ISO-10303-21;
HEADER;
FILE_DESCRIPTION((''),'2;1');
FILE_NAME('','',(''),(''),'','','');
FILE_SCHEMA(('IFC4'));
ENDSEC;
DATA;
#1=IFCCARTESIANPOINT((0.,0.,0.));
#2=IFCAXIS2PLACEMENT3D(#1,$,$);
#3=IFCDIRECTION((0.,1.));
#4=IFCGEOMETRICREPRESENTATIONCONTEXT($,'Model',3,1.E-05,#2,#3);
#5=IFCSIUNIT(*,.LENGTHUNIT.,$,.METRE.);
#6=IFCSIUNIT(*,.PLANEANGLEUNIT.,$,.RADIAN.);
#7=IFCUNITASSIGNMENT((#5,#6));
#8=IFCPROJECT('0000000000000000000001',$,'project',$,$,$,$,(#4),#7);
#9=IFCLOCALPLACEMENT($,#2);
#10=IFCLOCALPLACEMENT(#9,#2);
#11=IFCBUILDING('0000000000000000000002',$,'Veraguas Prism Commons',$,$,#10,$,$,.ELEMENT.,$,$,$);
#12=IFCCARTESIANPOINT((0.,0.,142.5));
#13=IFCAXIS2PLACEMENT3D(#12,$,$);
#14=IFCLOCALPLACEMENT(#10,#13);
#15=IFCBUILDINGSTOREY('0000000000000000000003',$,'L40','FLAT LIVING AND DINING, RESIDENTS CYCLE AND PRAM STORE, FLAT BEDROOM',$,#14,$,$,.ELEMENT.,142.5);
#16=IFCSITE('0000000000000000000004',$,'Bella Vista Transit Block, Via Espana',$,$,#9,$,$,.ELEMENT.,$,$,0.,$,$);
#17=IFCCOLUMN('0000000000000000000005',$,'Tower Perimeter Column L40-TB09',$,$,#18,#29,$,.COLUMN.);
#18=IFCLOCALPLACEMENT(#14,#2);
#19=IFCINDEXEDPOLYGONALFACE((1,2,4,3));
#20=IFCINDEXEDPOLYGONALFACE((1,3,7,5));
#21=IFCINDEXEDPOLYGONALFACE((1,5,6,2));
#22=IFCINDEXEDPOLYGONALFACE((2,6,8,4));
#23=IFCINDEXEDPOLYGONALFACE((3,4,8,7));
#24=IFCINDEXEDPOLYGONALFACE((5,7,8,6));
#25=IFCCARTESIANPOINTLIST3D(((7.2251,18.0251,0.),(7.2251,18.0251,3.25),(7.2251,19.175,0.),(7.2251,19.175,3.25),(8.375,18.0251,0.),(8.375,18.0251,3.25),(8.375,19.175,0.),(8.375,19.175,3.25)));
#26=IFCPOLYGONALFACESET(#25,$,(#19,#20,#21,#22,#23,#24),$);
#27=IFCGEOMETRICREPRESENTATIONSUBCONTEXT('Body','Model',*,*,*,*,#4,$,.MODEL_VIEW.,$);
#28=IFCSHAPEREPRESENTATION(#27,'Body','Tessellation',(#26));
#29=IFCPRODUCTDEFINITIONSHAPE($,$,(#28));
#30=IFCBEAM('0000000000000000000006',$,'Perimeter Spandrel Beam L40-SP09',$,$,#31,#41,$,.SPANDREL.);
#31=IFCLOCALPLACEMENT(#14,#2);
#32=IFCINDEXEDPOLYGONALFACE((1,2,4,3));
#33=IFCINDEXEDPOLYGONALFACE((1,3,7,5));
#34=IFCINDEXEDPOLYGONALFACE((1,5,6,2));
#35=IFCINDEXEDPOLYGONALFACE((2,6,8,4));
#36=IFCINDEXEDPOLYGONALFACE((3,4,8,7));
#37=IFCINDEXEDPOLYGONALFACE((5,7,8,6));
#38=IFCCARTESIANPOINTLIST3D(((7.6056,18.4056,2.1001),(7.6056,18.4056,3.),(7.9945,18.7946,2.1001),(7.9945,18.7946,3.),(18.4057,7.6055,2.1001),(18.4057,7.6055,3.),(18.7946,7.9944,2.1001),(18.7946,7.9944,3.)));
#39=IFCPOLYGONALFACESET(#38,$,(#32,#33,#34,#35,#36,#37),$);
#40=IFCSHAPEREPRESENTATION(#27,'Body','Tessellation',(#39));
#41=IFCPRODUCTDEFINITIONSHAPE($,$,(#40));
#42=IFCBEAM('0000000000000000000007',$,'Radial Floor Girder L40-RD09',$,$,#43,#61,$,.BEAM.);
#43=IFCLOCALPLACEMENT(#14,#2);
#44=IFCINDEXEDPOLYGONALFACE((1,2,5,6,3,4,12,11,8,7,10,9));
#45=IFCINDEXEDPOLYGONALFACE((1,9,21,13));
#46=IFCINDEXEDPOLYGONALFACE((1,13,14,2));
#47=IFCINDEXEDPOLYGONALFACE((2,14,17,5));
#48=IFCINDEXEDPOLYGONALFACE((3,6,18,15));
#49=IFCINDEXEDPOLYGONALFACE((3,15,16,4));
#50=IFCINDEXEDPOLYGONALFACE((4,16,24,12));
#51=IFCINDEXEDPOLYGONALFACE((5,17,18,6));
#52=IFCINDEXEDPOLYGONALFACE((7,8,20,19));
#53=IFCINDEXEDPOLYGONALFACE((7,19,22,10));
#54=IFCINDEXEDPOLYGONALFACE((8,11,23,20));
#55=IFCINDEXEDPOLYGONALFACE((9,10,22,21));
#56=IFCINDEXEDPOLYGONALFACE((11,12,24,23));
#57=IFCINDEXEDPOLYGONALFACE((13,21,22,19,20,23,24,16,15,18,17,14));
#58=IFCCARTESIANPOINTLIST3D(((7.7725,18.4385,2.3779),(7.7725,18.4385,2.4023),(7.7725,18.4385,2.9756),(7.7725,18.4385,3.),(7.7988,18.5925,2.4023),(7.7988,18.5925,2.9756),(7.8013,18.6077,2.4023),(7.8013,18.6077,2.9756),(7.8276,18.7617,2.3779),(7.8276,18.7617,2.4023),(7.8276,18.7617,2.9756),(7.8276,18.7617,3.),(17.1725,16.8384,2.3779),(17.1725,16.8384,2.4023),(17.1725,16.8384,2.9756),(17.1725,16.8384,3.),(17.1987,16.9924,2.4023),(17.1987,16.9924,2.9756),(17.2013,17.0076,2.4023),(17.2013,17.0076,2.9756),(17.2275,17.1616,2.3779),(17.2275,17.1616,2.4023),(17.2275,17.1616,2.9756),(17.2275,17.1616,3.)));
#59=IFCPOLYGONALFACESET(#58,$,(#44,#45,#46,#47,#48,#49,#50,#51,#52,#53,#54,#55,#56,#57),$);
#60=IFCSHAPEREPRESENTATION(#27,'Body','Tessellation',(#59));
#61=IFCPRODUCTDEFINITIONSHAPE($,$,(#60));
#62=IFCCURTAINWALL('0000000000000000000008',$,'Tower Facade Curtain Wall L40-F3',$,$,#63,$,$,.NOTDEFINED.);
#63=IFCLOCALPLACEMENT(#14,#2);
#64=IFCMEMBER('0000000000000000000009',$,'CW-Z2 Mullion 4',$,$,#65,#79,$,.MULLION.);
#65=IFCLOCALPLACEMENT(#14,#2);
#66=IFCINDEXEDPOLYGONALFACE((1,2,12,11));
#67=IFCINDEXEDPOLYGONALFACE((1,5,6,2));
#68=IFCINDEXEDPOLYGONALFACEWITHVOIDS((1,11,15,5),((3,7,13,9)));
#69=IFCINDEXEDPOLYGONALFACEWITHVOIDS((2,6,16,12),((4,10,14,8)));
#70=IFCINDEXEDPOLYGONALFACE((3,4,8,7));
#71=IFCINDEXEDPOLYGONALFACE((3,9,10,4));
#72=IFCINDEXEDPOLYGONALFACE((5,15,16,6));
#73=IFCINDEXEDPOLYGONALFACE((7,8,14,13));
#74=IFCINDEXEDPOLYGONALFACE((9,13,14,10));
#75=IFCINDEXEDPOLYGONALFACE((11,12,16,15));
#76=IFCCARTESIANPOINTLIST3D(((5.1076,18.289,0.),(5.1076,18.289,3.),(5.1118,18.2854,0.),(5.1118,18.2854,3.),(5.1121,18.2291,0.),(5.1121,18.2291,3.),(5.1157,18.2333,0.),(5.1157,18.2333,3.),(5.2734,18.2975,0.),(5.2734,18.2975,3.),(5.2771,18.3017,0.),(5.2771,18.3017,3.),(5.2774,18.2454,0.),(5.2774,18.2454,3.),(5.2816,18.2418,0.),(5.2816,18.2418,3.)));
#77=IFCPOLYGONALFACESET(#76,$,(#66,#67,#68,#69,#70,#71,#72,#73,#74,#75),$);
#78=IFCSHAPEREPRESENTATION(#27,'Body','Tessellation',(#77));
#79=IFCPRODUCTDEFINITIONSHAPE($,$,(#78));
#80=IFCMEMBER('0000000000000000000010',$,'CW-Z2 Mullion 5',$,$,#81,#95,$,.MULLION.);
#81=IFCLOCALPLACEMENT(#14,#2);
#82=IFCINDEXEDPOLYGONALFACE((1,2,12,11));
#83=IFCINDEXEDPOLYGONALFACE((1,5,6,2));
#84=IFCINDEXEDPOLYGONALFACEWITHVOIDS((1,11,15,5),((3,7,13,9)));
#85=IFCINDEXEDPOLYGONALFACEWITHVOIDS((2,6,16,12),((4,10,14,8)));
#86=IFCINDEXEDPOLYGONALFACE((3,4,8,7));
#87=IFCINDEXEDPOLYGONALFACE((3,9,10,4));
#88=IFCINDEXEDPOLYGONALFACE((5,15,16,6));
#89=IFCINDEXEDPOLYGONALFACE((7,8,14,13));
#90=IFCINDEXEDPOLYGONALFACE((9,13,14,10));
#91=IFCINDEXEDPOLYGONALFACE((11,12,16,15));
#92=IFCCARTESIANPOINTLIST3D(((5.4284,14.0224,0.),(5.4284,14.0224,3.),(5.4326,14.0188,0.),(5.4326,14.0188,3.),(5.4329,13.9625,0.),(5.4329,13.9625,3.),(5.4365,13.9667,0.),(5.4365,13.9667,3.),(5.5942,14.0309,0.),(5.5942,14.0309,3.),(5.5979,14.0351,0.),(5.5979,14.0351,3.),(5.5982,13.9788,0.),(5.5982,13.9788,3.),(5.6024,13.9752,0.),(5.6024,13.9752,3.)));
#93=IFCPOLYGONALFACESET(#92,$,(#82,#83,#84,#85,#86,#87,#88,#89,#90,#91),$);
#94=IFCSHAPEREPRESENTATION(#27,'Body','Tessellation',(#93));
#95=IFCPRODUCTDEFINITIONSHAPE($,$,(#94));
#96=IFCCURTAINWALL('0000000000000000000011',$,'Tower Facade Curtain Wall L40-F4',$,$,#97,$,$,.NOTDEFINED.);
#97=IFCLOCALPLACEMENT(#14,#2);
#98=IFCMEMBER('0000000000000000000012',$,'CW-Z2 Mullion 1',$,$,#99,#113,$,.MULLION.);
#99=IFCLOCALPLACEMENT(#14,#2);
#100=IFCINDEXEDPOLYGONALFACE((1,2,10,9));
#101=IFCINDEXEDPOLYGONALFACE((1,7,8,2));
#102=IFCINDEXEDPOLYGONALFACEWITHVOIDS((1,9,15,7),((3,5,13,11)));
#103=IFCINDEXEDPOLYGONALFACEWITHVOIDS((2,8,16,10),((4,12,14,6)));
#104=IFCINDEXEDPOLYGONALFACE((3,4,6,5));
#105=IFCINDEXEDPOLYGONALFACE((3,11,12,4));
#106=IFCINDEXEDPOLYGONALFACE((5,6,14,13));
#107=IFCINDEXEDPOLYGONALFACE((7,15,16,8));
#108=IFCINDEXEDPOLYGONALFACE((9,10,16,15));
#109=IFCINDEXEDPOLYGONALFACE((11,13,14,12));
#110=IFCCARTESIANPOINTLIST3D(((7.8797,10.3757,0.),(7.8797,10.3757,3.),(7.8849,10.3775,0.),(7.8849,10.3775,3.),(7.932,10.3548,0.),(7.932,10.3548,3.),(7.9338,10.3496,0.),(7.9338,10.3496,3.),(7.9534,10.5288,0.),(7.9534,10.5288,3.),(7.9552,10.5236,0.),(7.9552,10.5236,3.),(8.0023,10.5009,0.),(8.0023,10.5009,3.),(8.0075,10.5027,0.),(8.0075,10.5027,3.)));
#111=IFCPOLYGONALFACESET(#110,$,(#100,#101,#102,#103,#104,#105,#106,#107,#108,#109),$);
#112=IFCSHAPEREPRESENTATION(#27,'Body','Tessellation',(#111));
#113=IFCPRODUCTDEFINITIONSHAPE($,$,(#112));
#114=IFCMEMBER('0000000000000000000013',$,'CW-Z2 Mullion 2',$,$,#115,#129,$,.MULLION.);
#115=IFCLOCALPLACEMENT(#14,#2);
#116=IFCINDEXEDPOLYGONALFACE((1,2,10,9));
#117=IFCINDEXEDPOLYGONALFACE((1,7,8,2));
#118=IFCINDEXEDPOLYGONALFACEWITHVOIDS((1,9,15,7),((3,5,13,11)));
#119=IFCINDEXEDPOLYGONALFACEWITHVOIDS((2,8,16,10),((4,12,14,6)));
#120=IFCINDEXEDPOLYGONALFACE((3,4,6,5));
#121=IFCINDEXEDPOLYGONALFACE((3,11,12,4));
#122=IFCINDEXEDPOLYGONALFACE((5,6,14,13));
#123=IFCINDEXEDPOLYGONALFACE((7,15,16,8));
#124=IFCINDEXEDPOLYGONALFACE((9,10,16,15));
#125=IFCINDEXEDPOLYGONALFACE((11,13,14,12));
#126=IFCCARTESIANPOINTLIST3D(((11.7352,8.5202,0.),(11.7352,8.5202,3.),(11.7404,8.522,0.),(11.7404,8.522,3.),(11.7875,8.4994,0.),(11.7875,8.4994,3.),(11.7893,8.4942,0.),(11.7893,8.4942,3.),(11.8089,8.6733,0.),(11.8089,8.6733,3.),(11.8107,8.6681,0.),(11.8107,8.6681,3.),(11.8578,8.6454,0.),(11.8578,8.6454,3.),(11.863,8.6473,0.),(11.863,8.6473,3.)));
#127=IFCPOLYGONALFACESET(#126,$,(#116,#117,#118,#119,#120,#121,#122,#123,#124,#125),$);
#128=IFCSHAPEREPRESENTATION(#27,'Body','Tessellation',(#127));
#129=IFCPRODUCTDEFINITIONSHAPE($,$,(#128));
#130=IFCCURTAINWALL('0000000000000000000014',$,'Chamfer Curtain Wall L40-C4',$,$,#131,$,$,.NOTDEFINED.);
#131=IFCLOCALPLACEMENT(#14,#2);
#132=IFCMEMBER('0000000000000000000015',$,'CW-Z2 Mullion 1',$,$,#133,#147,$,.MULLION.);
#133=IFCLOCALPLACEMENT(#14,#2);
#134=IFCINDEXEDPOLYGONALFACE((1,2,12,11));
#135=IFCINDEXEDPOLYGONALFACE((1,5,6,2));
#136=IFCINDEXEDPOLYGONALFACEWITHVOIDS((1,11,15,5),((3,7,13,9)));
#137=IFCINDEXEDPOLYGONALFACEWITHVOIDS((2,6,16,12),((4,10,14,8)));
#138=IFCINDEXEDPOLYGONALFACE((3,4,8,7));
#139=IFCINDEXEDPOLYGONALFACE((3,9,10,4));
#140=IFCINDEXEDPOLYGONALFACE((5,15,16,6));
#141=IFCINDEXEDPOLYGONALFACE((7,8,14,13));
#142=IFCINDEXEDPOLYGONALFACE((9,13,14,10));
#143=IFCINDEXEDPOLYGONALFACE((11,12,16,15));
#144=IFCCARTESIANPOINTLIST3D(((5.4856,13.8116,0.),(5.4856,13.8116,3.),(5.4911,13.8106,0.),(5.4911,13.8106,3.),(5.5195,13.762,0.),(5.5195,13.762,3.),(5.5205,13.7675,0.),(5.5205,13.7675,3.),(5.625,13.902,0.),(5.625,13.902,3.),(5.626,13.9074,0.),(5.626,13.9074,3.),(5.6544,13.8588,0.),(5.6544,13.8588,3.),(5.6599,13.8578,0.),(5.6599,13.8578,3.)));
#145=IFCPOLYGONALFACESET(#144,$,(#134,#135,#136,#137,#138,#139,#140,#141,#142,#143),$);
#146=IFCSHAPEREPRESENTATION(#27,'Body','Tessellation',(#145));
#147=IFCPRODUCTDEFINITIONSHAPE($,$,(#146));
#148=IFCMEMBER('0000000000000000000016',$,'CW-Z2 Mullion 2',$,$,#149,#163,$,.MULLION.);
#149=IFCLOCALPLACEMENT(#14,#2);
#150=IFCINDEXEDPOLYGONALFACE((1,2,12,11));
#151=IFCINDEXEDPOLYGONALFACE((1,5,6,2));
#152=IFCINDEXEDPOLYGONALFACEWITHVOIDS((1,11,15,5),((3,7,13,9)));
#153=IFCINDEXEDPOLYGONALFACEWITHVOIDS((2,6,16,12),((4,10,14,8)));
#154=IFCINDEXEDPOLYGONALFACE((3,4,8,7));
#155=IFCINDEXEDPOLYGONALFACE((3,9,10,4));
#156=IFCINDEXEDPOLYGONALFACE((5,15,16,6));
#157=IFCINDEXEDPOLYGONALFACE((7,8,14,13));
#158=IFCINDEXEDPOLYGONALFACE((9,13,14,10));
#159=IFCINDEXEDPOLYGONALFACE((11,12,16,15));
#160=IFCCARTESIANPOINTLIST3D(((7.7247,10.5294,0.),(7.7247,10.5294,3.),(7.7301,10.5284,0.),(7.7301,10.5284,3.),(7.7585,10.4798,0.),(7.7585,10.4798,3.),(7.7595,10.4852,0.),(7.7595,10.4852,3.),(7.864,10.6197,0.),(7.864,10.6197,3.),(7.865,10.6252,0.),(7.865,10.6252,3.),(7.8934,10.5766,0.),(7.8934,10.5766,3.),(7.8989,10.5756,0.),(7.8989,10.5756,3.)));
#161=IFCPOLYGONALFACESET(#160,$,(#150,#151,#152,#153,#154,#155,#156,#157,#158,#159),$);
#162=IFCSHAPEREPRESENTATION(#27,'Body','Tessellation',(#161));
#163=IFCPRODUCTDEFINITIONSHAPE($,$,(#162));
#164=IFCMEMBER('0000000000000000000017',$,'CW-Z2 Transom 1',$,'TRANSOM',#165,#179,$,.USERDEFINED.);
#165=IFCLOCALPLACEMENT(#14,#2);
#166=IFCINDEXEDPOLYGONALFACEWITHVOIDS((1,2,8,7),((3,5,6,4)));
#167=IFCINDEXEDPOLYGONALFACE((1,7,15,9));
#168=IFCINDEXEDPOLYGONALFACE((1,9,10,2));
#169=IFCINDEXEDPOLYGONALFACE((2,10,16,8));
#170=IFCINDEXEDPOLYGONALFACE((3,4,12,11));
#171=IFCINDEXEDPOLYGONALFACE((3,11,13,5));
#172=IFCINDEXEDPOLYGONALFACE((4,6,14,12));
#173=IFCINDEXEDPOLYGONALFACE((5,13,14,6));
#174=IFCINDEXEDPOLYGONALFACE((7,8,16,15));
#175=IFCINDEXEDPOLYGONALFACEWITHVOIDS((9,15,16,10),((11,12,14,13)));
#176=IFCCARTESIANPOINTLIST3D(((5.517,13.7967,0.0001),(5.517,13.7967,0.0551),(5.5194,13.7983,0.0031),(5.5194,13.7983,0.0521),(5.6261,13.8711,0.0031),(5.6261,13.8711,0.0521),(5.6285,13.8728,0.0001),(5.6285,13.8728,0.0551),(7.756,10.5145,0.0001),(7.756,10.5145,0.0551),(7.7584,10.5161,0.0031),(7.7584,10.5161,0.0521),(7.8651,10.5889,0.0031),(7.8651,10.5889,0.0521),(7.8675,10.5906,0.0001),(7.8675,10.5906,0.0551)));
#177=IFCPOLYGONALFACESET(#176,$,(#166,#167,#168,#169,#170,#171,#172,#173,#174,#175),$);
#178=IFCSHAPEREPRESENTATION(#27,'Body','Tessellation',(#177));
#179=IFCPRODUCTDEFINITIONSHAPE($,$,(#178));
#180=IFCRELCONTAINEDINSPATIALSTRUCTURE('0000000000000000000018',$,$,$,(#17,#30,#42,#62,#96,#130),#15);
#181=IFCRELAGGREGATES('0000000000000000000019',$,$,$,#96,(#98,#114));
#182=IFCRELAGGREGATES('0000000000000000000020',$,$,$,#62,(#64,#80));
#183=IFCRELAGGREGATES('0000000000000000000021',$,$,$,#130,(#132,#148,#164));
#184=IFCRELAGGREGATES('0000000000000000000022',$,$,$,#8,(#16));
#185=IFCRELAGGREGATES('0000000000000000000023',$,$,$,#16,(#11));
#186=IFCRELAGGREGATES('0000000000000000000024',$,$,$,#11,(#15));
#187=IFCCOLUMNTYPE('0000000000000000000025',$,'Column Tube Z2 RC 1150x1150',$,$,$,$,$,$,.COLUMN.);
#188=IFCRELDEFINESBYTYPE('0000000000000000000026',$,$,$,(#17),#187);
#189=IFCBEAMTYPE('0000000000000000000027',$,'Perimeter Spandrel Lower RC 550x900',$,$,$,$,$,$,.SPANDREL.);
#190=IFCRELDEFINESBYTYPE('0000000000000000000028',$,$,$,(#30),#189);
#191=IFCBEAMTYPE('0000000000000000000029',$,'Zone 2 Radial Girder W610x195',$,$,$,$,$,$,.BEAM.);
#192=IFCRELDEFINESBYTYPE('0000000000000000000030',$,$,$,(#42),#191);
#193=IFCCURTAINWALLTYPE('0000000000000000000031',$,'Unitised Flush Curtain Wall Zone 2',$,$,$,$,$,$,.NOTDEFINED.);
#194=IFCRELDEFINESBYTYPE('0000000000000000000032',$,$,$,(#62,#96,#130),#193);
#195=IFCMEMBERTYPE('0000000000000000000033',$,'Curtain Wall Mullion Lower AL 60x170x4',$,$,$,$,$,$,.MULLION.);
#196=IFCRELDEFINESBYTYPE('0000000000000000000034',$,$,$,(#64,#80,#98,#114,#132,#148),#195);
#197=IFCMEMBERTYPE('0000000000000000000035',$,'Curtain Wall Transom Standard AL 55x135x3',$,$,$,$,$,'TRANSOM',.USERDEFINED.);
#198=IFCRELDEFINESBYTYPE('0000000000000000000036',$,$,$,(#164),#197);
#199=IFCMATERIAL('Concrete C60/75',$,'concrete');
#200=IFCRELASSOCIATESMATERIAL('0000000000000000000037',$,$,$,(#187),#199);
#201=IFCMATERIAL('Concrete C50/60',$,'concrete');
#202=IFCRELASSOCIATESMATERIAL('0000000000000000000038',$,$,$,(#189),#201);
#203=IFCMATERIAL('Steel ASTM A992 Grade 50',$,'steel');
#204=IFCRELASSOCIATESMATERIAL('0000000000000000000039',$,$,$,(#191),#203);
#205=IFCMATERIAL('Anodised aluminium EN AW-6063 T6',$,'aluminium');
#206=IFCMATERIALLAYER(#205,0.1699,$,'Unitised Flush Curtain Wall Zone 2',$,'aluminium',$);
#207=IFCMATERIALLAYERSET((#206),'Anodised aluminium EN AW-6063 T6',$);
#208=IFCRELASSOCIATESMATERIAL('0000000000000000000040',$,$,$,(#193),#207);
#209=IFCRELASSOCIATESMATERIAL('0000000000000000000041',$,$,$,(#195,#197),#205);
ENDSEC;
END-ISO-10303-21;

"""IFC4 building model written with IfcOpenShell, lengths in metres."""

from ifc_helpers import new_model, si_unit, direction, frame, origin, origin_2d, place, context, subcontext, project, spatial, rectangle, hollow_rectangle, i_section, extrude, source, transform, mapped, material, layer, layer_set, material_profile, profile_set, type_object, element, aggregate, save


model = new_model("IFC4")

# Units and contexts
model_context = context("Model", 3, precision=1e-05, world=origin(), true_north=direction((0.0, 1.0)))
body_context = subcontext(model_context, "Body", "Model", "MODEL_VIEW")
ifc_project = project(units=[si_unit("LENGTHUNIT", "METRE"), si_unit("PLANEANGLEUNIT", "RADIAN")], contexts=[model_context])

# Site, building, storey
site_placement = place(None, origin())
site = spatial("IfcSite", under=ifc_project, at=site_placement, Name="Bella Vista Transit Block, Via Espana", CompositionType="ELEMENT", RefElevation=0.0)
building_placement = place(site_placement, origin())
building = spatial("IfcBuilding", under=site, at=building_placement, Name="Veraguas Prism Commons", CompositionType="ELEMENT")
storey_placement = place(building_placement, frame((0.0, 0.0, 142.5)))
storey = spatial("IfcBuildingStorey", under=building, at=storey_placement, Name="L40", Description="FLAT LIVING AND DINING, RESIDENTS CYCLE AND PRAM STORE, FLAT BEDROOM", CompositionType="ELEMENT", Elevation=142.5)

# Column
ifc_material_1 = material(Name="Concrete C60/75", Category="concrete")
ifc_material_profile_1 = material_profile(ifc_material_1, rectangle(XDim=1.1499, YDim=1.1499, at=origin_2d()), Name="RC1150X1150")
ifc_profile_set_1 = profile_set([ifc_material_profile_1], Name="Concrete C60/75")
column_type = type_object("IfcColumnType", Name="Column Tube Z2 RC 1150x1150", PredefinedType="COLUMN", material=ifc_profile_set_1)
column_placement = place(storey_placement, frame((7.8, 18.6001, 0.0), z_axis=(0.0, 0.0, 1.0), x_axis=(1.0, 0.0, 0.0)))
element("IfcColumn", 1, at=column_placement, inside=storey, type_object=column_type, Name="Tower Perimeter Column L40-TB09", PredefinedType="COLUMN", context=body_context, shape_type="SweptSolid", body=[
    extrude(rectangle(XDim=1.1499, YDim=1.1499, at=origin_2d()), origin(), (0.0, 0.0, 1.0), 3.25),
])

# Beams
ifc_material_2 = material(Name="Concrete C50/60", Category="concrete")
ifc_material_profile_2 = material_profile(ifc_material_2, rectangle(XDim=0.55, YDim=0.8999, at=origin_2d()), Name="RC550X900")
ifc_profile_set_2 = profile_set([ifc_material_profile_2], Name="Concrete C50/60")
beam_type_1 = type_object("IfcBeamType", Name="Perimeter Spandrel Lower RC 550x900", PredefinedType="SPANDREL", material=ifc_profile_set_2)
beam_1_placement = place(storey_placement, frame((7.8, 18.6001, 2.55), z_axis=(0.707107, -0.707107, 0.0), x_axis=(0.707107, 0.707107, 0.0)))
element("IfcBeam", 2, at=beam_1_placement, inside=storey, type_object=beam_type_1, Name="Perimeter Spandrel Beam L40-SP09", PredefinedType="SPANDREL", context=body_context, shape_type="SweptSolid", body=[
    extrude(rectangle(XDim=0.55, YDim=0.8999, at=origin_2d()), origin(), (0.0, 0.0, 1.0), 15.2737),
])
ifc_material_3 = material(Name="Steel ASTM A992 Grade 50", Category="steel")
ifc_material_profile_3 = material_profile(ifc_material_3, i_section(OverallWidth=0.3279, OverallDepth=0.6221, WebThickness=0.0154, FlangeThickness=0.0244, at=origin_2d()), Name="W610X195")
ifc_profile_set_3 = profile_set([ifc_material_profile_3], Name="Steel ASTM A992 Grade 50")
beam_type_2 = type_object("IfcBeamType", Name="Zone 2 Radial Girder W610x195", PredefinedType="BEAM", material=ifc_profile_set_3)
beam_2_placement = place(storey_placement, frame((7.8, 18.6001, 2.689), z_axis=(0.985819, -0.167811, 0.0), x_axis=(0.167811, 0.985819, 0.0)))
element("IfcBeam", 3, at=beam_2_placement, inside=storey, type_object=beam_type_2, Name="Radial Floor Girder L40-RD09", PredefinedType="BEAM", context=body_context, shape_type="SweptSolid", body=[
    extrude(i_section(OverallWidth=0.3279, OverallDepth=0.6221, WebThickness=0.0154, FlangeThickness=0.0244, at=origin_2d()), origin(), (0.0, 0.0, 1.0), 9.5352),
])

# Curtain walls, members
ifc_material_4 = material(Name="Anodised aluminium EN AW-6063 T6", Category="aluminium")
ifc_layer_1 = layer(ifc_material_4, 0.1699, Name="Unitised Flush Curtain Wall Zone 2", Category="aluminium")
ifc_layer_set_1 = layer_set([ifc_layer_1], Name="Anodised aluminium EN AW-6063 T6")
curtain_wall_type = type_object("IfcCurtainWallType", Name="Unitised Flush Curtain Wall Zone 2", PredefinedType="NOTDEFINED", material=ifc_layer_set_1)
curtain_wall_1_placement = place(storey_placement, origin())
curtain_wall_1 = element("IfcCurtainWall", 4, at=curtain_wall_1_placement, inside=storey, type_object=curtain_wall_type, Name="Tower Facade Curtain Wall L40-F3", PredefinedType="NOTDEFINED")
ifc_material_profile_4 = material_profile(ifc_material_4, hollow_rectangle(XDim=0.0601, YDim=0.1699, WallThickness=0.0039, at=origin_2d()), Name="AL60X170X4")
ifc_profile_set_4 = profile_set([ifc_material_profile_4], Name="Anodised aluminium EN AW-6063 T6")
member_type_1 = type_object("IfcMemberType", Name="Curtain Wall Mullion Lower AL 60x170x4", PredefinedType="MULLION", material=ifc_profile_set_4)
shared_shape_1 = source(origin(), body_context, "Body", "SweptSolid", [
    extrude(hollow_rectangle(XDim=0.0601, YDim=0.1699, WallThickness=0.0039, at=origin_2d()), origin(), (0.0, 0.0, 1.0), 3.0),
])
member_1_placement = place(storey_placement, frame((5.1946, 18.2654, 0.0), z_axis=(0.0, 0.0, 1.0), x_axis=(0.074979, -0.997185, 0.0)))
member_1 = element("IfcMember", 5, at=member_1_placement, type_object=member_type_1, Name="CW-Z2 Mullion 4", PredefinedType="MULLION", context=body_context, shape_type="MappedRepresentation", body=[
    mapped(shared_shape_1, transform((0.0, 0.0, 0.0), scale=1.0)),
])
member_2_placement = place(storey_placement, frame((5.5154, 13.9988, 0.0), z_axis=(0.0, 0.0, 1.0), x_axis=(0.074979, -0.997185, 0.0)))
member_2 = element("IfcMember", 6, at=member_2_placement, type_object=member_type_1, Name="CW-Z2 Mullion 5", PredefinedType="MULLION", context=body_context, shape_type="MappedRepresentation", body=[
    mapped(shared_shape_1, transform((0.0, 0.0, 0.0), scale=1.0)),
])
curtain_wall_2_placement = place(storey_placement, origin())
curtain_wall_2 = element("IfcCurtainWall", 7, at=curtain_wall_2_placement, inside=storey, type_object=curtain_wall_type, Name="Tower Facade Curtain Wall L40-F4", PredefinedType="NOTDEFINED")
member_3_placement = place(storey_placement, frame((7.9436, 10.4392, 0.0), z_axis=(0.0, 0.0, 1.0), x_axis=(0.901076, -0.433662, 0.0)))
member_3 = element("IfcMember", 8, at=member_3_placement, type_object=member_type_1, Name="CW-Z2 Mullion 1", PredefinedType="MULLION", context=body_context, shape_type="MappedRepresentation", body=[
    mapped(shared_shape_1, transform((0.0, 0.0, 0.0), scale=1.0)),
])
member_4_placement = place(storey_placement, frame((11.7991, 8.5837, 0.0), z_axis=(0.0, 0.0, 1.0), x_axis=(0.901076, -0.433662, 0.0)))
member_4 = element("IfcMember", 9, at=member_4_placement, type_object=member_type_1, Name="CW-Z2 Mullion 2", PredefinedType="MULLION", context=body_context, shape_type="MappedRepresentation", body=[
    mapped(shared_shape_1, transform((0.0, 0.0, 0.0), scale=1.0)),
])
curtain_wall_3_placement = place(storey_placement, origin())
curtain_wall_3 = element("IfcCurtainWall", 10, at=curtain_wall_3_placement, inside=storey, type_object=curtain_wall_type, Name="Chamfer Curtain Wall L40-C4", PredefinedType="NOTDEFINED")
member_5_placement = place(storey_placement, frame((5.5728, 13.8347, 0.0), z_axis=(0.0, 0.0, 1.0), x_axis=(0.563538, -0.82609, 0.0)))
member_5 = element("IfcMember", 11, at=member_5_placement, type_object=member_type_1, Name="CW-Z2 Mullion 1", PredefinedType="MULLION", context=body_context, shape_type="MappedRepresentation", body=[
    mapped(shared_shape_1, transform((0.0, 0.0, 0.0), scale=1.0)),
])
member_6_placement = place(storey_placement, frame((7.8118, 10.5525, 0.0), z_axis=(0.0, 0.0, 1.0), x_axis=(0.563538, -0.82609, 0.0)))
member_6 = element("IfcMember", 12, at=member_6_placement, type_object=member_type_1, Name="CW-Z2 Mullion 2", PredefinedType="MULLION", context=body_context, shape_type="MappedRepresentation", body=[
    mapped(shared_shape_1, transform((0.0, 0.0, 0.0), scale=1.0)),
])
ifc_material_profile_5 = material_profile(ifc_material_4, hollow_rectangle(XDim=0.0549, YDim=0.135, WallThickness=0.0029, at=origin_2d()), Name="AL55X135X3")
ifc_profile_set_5 = profile_set([ifc_material_profile_5], Name="Anodised aluminium EN AW-6063 T6")
member_type_2 = type_object("IfcMemberType", Name="Curtain Wall Transom Standard AL 55x135x3", ElementType="TRANSOM", PredefinedType="USERDEFINED", material=ifc_profile_set_5)
shared_shape_2 = source(origin(), body_context, "Body", "SweptSolid", [
    extrude(hollow_rectangle(XDim=0.0549, YDim=0.135, WallThickness=0.0029, at=origin_2d()), origin(), (0.0, 0.0, 1.0), 3.9731),
])
member_7_placement = place(storey_placement, frame((5.5728, 13.8347, 0.0276), z_axis=(0.563531, -0.826095, 0.0), x_axis=(0.0, 0.0, 1.0)))
member_7 = element("IfcMember", 13, at=member_7_placement, type_object=member_type_2, Name="CW-Z2 Transom 1", ObjectType="TRANSOM", PredefinedType="USERDEFINED", context=body_context, shape_type="MappedRepresentation", body=[
    mapped(shared_shape_2, transform((0.0, 0.0, 0.0), scale=1.0)),
])

aggregate(curtain_wall_2, [member_3, member_4])
aggregate(curtain_wall_1, [member_1, member_2])
aggregate(curtain_wall_3, [member_5, member_6, member_7])

save(model, "model.ifc")
